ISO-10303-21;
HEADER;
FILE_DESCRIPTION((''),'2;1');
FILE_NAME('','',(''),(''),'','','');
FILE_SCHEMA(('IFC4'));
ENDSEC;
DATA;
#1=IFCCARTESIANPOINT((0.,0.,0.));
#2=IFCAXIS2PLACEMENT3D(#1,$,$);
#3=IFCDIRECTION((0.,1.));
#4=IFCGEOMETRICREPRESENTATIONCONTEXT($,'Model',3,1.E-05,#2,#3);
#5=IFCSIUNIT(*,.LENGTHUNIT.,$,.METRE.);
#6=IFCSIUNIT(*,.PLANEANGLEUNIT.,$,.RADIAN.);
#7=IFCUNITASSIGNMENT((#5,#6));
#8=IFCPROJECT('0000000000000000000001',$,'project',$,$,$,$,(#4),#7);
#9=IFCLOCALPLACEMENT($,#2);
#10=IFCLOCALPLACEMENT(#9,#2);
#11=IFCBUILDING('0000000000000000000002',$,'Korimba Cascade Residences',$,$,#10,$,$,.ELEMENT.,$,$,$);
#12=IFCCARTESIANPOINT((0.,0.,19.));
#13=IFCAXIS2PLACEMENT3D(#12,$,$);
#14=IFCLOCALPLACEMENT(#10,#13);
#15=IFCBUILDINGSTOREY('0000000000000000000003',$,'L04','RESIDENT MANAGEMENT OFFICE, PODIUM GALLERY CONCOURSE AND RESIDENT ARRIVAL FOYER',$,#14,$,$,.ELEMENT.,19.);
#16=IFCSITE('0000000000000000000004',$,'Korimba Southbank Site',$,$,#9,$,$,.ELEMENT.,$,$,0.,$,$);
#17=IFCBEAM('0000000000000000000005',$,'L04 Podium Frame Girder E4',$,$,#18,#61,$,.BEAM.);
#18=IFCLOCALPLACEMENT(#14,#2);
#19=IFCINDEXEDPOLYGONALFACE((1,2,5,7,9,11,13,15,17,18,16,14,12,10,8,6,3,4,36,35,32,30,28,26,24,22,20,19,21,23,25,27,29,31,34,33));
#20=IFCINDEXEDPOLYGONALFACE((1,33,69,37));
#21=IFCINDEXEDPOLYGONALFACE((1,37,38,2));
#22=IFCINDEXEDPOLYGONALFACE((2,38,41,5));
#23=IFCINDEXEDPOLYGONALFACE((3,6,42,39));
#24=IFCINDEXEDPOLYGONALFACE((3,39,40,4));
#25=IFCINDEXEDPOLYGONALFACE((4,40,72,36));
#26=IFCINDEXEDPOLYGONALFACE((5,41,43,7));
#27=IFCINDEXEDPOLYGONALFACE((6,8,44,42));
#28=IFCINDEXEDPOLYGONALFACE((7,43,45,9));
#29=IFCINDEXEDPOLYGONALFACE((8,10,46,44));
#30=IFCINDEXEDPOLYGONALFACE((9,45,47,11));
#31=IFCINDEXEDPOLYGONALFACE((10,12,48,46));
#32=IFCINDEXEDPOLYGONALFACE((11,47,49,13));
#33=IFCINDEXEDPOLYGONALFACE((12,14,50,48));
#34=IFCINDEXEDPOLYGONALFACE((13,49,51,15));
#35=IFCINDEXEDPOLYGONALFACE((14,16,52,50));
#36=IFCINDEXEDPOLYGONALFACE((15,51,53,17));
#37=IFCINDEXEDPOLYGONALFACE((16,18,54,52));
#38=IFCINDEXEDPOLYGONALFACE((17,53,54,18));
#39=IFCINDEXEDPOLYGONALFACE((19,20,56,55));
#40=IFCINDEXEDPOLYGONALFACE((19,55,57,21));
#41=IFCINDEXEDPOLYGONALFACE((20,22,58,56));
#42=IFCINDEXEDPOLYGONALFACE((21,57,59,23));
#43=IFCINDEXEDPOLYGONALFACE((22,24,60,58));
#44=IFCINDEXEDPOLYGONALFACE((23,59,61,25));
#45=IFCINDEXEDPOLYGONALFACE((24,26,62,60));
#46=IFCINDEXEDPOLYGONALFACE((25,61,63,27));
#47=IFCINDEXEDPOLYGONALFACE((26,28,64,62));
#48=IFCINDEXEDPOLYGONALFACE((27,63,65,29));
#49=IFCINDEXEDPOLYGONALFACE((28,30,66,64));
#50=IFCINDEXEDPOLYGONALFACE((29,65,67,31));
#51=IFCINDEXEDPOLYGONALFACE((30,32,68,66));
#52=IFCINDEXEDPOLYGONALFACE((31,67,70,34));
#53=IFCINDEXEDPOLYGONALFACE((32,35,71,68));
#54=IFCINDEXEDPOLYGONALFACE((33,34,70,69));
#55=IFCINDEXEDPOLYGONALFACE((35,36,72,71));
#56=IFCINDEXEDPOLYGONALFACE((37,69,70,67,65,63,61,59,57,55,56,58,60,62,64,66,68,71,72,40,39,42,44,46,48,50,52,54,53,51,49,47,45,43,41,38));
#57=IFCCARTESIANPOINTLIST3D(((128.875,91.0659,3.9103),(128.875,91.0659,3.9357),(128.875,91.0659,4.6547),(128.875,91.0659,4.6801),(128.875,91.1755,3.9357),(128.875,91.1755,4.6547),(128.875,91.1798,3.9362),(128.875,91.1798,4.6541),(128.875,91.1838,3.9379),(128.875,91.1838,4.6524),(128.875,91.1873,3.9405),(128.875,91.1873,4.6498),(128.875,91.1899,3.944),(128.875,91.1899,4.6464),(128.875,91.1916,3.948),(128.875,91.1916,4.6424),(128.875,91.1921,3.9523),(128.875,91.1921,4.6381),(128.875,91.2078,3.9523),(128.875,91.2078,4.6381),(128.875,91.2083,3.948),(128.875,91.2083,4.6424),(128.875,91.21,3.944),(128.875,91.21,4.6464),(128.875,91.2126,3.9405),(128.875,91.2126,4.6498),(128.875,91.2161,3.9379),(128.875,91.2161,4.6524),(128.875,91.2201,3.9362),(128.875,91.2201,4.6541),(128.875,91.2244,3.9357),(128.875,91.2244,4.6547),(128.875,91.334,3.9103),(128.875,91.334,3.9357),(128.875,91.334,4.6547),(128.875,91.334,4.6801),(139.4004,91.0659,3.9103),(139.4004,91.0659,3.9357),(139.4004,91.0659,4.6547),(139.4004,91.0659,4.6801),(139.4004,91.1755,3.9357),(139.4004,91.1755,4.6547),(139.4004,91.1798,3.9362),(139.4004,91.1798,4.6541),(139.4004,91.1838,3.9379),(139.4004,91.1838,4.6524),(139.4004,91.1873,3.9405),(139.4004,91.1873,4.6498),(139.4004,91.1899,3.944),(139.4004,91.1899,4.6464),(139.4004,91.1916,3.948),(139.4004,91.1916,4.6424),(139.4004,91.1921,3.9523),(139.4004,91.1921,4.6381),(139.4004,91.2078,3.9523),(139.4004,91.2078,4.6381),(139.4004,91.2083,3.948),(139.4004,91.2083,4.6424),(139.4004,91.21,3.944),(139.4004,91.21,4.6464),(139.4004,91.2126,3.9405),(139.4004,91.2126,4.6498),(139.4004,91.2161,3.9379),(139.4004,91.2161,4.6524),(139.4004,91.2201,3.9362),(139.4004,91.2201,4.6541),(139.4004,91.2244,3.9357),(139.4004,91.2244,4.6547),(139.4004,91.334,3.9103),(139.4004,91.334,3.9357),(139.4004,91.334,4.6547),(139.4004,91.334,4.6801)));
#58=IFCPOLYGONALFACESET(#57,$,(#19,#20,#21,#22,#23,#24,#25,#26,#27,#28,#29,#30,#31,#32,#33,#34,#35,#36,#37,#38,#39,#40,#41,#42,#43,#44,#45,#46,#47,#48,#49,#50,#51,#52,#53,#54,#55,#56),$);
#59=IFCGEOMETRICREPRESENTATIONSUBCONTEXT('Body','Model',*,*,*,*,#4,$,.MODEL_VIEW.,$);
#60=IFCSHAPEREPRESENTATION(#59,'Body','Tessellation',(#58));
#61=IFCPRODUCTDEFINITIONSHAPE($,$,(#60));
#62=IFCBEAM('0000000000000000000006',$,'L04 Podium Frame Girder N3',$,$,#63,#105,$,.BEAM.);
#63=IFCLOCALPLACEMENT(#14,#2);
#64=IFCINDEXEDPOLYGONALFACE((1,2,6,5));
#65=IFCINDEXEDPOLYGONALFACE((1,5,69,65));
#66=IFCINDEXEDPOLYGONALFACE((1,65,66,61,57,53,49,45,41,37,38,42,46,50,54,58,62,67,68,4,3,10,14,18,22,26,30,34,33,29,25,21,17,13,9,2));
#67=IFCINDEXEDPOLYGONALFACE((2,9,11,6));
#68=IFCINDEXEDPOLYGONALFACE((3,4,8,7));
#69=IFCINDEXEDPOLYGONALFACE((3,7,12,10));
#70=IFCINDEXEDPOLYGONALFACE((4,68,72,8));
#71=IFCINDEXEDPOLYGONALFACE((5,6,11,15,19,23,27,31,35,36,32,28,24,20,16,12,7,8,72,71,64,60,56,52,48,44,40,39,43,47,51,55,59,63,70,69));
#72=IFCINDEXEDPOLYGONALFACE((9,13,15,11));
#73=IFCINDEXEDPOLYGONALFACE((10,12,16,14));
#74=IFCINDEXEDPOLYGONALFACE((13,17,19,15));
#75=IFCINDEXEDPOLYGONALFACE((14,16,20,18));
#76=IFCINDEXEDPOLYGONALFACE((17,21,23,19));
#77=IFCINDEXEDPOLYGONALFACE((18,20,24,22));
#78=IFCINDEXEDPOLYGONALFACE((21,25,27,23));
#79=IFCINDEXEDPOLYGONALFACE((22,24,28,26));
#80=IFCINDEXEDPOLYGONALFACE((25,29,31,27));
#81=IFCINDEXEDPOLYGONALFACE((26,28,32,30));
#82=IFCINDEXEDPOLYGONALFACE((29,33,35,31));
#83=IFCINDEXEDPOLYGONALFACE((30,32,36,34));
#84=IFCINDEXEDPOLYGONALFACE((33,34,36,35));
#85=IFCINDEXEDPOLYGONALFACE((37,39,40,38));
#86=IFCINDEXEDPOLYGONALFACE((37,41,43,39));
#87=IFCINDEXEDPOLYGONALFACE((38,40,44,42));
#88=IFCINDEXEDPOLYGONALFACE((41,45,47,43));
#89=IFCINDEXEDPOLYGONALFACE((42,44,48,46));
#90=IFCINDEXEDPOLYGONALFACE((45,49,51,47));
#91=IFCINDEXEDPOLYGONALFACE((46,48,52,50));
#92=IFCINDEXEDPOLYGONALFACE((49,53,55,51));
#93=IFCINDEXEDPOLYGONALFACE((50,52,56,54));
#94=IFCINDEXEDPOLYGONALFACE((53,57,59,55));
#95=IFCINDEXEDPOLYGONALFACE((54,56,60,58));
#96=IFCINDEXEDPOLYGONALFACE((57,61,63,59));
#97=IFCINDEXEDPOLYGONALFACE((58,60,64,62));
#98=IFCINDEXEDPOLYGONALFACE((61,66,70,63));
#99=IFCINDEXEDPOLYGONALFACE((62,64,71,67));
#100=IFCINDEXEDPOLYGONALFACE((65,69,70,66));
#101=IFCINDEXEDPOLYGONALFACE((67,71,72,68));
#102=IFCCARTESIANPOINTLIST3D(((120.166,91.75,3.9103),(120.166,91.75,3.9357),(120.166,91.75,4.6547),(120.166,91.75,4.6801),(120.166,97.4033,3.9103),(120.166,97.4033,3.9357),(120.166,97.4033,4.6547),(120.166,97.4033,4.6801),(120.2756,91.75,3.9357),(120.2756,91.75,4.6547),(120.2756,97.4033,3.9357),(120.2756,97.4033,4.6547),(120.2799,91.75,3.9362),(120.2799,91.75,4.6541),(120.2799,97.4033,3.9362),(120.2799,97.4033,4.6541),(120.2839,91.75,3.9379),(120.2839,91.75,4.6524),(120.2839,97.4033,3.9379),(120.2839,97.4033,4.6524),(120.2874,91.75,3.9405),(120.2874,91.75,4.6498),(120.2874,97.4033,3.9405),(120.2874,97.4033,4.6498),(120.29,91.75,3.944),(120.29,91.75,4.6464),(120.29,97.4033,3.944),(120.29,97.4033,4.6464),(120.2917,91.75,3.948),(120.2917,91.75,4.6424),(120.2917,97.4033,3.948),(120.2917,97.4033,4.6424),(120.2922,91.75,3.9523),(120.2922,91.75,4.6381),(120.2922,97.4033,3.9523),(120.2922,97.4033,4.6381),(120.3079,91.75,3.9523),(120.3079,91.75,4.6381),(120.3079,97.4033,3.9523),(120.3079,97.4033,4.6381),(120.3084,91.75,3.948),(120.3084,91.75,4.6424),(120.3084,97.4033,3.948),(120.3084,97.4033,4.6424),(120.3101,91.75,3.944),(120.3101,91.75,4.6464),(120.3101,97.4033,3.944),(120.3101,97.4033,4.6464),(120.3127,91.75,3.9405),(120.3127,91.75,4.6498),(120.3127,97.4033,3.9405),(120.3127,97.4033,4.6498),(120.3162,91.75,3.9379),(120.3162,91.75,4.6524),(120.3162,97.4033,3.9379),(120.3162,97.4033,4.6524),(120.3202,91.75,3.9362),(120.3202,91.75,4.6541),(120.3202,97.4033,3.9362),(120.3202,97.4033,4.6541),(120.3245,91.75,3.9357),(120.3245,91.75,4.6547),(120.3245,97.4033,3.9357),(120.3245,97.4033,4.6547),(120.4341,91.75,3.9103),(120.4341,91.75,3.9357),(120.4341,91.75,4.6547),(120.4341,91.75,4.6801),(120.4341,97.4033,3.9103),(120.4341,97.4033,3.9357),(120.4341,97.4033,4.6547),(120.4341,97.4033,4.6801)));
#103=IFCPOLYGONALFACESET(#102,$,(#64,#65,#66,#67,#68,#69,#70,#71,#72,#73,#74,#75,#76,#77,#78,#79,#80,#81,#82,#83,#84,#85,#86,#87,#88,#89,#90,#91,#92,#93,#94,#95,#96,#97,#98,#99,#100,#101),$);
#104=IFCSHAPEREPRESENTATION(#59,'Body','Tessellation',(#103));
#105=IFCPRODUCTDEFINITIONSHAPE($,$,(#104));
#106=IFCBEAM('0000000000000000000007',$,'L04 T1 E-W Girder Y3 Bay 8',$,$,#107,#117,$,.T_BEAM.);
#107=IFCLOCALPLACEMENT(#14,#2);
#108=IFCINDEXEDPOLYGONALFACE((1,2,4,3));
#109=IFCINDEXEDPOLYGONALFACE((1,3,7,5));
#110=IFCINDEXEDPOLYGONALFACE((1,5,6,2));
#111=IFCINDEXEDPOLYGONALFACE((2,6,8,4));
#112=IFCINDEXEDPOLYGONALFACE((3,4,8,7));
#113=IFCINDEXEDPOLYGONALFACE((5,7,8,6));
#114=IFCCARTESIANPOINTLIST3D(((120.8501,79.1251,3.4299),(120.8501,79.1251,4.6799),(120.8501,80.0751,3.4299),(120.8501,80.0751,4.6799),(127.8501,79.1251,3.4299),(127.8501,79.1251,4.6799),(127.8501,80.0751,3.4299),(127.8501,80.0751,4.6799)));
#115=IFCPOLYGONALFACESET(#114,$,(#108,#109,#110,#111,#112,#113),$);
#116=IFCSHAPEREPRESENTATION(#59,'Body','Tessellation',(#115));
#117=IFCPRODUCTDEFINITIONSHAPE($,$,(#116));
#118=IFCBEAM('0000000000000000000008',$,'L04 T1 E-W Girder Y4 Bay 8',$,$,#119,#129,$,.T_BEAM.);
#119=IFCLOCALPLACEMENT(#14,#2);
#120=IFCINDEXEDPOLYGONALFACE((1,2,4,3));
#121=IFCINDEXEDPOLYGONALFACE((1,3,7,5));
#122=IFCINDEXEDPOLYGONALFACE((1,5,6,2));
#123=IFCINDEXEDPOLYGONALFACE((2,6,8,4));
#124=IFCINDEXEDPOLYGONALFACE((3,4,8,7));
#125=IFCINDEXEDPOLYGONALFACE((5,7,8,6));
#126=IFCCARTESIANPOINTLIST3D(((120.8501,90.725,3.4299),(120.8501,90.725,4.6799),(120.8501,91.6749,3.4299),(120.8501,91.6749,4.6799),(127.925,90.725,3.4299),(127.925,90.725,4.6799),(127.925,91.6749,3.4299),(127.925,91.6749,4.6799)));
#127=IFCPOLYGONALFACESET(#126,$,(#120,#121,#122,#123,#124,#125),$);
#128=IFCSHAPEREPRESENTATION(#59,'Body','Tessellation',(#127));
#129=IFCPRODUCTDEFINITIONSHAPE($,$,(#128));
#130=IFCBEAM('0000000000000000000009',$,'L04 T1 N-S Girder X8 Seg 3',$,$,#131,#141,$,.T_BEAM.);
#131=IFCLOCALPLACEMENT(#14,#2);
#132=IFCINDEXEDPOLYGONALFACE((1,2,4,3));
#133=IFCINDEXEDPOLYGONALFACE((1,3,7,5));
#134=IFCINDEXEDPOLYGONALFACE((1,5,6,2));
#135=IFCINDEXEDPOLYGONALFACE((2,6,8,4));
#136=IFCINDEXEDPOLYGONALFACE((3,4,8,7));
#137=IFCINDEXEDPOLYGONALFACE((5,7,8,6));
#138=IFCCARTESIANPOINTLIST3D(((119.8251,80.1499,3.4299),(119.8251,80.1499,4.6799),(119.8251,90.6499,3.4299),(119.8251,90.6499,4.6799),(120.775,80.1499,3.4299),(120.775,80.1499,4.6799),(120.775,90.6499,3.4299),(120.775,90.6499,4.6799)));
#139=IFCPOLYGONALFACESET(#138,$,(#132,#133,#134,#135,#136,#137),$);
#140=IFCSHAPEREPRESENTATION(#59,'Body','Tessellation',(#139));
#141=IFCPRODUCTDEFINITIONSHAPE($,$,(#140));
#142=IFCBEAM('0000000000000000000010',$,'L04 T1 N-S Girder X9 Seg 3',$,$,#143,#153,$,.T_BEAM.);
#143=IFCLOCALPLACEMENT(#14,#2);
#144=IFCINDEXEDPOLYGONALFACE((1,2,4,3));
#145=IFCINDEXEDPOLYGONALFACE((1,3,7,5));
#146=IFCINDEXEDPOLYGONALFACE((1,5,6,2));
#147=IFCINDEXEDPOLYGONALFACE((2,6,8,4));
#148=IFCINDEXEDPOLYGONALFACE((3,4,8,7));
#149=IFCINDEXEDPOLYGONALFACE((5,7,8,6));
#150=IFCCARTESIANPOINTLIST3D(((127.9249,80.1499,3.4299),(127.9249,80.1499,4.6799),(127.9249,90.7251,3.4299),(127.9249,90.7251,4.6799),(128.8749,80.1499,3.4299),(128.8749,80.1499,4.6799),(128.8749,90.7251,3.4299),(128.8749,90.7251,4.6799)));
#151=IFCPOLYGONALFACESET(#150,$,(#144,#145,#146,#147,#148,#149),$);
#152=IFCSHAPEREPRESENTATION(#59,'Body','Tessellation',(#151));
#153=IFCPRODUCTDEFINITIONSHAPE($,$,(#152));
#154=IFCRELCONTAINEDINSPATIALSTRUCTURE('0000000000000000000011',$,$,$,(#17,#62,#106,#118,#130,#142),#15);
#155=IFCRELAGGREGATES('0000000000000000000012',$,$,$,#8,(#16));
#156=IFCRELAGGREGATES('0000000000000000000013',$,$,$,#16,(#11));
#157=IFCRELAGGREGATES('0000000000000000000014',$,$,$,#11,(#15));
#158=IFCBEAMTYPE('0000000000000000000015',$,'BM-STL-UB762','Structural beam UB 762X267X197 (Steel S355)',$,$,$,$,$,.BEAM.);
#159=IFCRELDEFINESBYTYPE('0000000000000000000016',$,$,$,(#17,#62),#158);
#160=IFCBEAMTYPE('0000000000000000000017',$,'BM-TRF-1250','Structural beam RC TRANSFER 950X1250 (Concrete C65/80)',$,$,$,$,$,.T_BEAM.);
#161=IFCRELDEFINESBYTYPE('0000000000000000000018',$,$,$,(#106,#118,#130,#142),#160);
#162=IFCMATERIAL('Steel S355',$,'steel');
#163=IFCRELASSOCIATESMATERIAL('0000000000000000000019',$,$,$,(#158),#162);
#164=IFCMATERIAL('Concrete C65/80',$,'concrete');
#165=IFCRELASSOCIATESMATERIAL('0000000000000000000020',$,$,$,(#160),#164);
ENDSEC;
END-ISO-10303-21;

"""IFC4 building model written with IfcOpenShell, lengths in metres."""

from ifc_helpers import new_model, si_unit, direction, frame, origin, origin_2d, place, context, subcontext, project, spatial, rectangle, i_section, extrude, material, material_profile, profile_set, type_object, element, save


model = new_model("IFC4")

# Units and contexts
model_context = context("Model", 3, precision=1e-05, world=origin(), true_north=direction((0.0, 1.0)))
body_context = subcontext(model_context, "Body", "Model", "MODEL_VIEW")
ifc_project = project(units=[si_unit("LENGTHUNIT", "METRE"), si_unit("PLANEANGLEUNIT", "RADIAN")], contexts=[model_context])

# Site, building, storey
site_placement = place(None, origin())
site = spatial("IfcSite", under=ifc_project, at=site_placement, Name="Korimba Southbank Site", CompositionType="ELEMENT", RefElevation=0.0)
building_placement = place(site_placement, origin())
building = spatial("IfcBuilding", under=site, at=building_placement, Name="Korimba Cascade Residences", CompositionType="ELEMENT")
storey_placement = place(building_placement, frame((0.0, 0.0, 19.0)))
storey = spatial("IfcBuildingStorey", under=building, at=storey_placement, Name="L04", Description="RESIDENT MANAGEMENT OFFICE, PODIUM GALLERY CONCOURSE AND RESIDENT ARRIVAL FOYER", CompositionType="ELEMENT", Elevation=19.0)

# Shared definitions
ifc_material_1 = material(Name="Steel S355", Category="steel")

# Beams
ifc_material_profile_1 = material_profile(ifc_material_1, i_section(OverallWidth=0.2681, OverallDepth=0.7698, WebThickness=0.0156, FlangeThickness=0.0254, FilletRadius=0.0166, at=origin_2d()), Name="Steel S355")
ifc_profile_set_1 = profile_set([ifc_material_profile_1], Name="Steel S355")
beam_type_1 = type_object("IfcBeamType", Name="BM-STL-UB762", Description="Structural beam UB 762X267X197 (Steel S355)", PredefinedType="BEAM", material=ifc_profile_set_1)
beam_1_placement = place(storey_placement, frame((128.875, 91.2, 4.2952), z_axis=(1.0, 0.0, 0.0), x_axis=(0.0, 1.0, 0.0)))
element("IfcBeam", 1, at=beam_1_placement, inside=storey, type_object=beam_type_1, Name="L04 Podium Frame Girder E4", PredefinedType="BEAM", context=body_context, shape_type="SweptSolid", body=[
    extrude(i_section(OverallWidth=0.2681, OverallDepth=0.7698, WebThickness=0.0156, FlangeThickness=0.0254, FilletRadius=0.0166, at=origin_2d()), origin(), (0.0, 0.0, 1.0), 10.5254),
])
beam_2_placement = place(storey_placement, frame((120.3, 91.75, 4.2952), z_axis=(0.0, 1.0, 0.0), x_axis=(-1.0, 0.0, 0.0)))
element("IfcBeam", 2, at=beam_2_placement, inside=storey, type_object=beam_type_1, Name="L04 Podium Frame Girder N3", PredefinedType="BEAM", context=body_context, shape_type="SweptSolid", body=[
    extrude(i_section(OverallWidth=0.2681, OverallDepth=0.7698, WebThickness=0.0156, FlangeThickness=0.0254, FilletRadius=0.0166, at=origin_2d()), origin(), (0.0, 0.0, 1.0), 5.6533),
])
ifc_material_2 = material(Name="Concrete C65/80", Category="concrete")
ifc_material_profile_2 = material_profile(ifc_material_2, rectangle(XDim=0.95, YDim=1.25, at=origin_2d()), Name="Concrete C65/80")
ifc_profile_set_2 = profile_set([ifc_material_profile_2], Name="Concrete C65/80")
beam_type_2 = type_object("IfcBeamType", Name="BM-TRF-1250", Description="Structural beam RC TRANSFER 950X1250 (Concrete C65/80)", PredefinedType="T_BEAM", material=ifc_profile_set_2)
beam_3_placement = place(storey_placement, frame((120.8501, 79.6001, 4.0549), z_axis=(1.0, 0.0, 0.0), x_axis=(0.0, 1.0, 0.0)))
element("IfcBeam", 3, at=beam_3_placement, inside=storey, type_object=beam_type_2, Name="L04 T1 E-W Girder Y3 Bay 8", PredefinedType="T_BEAM", context=body_context, shape_type="SweptSolid", body=[
    extrude(rectangle(XDim=0.95, YDim=1.25, at=origin_2d()), origin(), (0.0, 0.0, 1.0), 7.0),
])
beam_4_placement = place(storey_placement, frame((120.8501, 91.2, 4.0549), z_axis=(1.0, 0.0, 0.0), x_axis=(0.0, 1.0, 0.0)))
element("IfcBeam", 4, at=beam_4_placement, inside=storey, type_object=beam_type_2, Name="L04 T1 E-W Girder Y4 Bay 8", PredefinedType="T_BEAM", context=body_context, shape_type="SweptSolid", body=[
    extrude(rectangle(XDim=0.95, YDim=1.25, at=origin_2d()), origin(), (0.0, 0.0, 1.0), 7.075),
])
beam_5_placement = place(storey_placement, frame((120.3, 80.1499, 4.0549), z_axis=(0.0, 1.0, 0.0), x_axis=(-1.0, 0.0, 0.0)))
element("IfcBeam", 5, at=beam_5_placement, inside=storey, type_object=beam_type_2, Name="L04 T1 N-S Girder X8 Seg 3", PredefinedType="T_BEAM", context=body_context, shape_type="SweptSolid", body=[
    extrude(rectangle(XDim=0.95, YDim=1.25, at=origin_2d()), origin(), (0.0, 0.0, 1.0), 10.5),
])
beam_6_placement = place(storey_placement, frame((128.3999, 80.1499, 4.0549), z_axis=(0.0, 1.0, 0.0), x_axis=(-1.0, 0.0, 0.0)))
element("IfcBeam", 6, at=beam_6_placement, inside=storey, type_object=beam_type_2, Name="L04 T1 N-S Girder X9 Seg 3", PredefinedType="T_BEAM", context=body_context, shape_type="SweptSolid", body=[
    extrude(rectangle(XDim=0.95, YDim=1.25, at=origin_2d()), origin(), (0.0, 0.0, 1.0), 10.5752),
])

save(model, "model.ifc")
